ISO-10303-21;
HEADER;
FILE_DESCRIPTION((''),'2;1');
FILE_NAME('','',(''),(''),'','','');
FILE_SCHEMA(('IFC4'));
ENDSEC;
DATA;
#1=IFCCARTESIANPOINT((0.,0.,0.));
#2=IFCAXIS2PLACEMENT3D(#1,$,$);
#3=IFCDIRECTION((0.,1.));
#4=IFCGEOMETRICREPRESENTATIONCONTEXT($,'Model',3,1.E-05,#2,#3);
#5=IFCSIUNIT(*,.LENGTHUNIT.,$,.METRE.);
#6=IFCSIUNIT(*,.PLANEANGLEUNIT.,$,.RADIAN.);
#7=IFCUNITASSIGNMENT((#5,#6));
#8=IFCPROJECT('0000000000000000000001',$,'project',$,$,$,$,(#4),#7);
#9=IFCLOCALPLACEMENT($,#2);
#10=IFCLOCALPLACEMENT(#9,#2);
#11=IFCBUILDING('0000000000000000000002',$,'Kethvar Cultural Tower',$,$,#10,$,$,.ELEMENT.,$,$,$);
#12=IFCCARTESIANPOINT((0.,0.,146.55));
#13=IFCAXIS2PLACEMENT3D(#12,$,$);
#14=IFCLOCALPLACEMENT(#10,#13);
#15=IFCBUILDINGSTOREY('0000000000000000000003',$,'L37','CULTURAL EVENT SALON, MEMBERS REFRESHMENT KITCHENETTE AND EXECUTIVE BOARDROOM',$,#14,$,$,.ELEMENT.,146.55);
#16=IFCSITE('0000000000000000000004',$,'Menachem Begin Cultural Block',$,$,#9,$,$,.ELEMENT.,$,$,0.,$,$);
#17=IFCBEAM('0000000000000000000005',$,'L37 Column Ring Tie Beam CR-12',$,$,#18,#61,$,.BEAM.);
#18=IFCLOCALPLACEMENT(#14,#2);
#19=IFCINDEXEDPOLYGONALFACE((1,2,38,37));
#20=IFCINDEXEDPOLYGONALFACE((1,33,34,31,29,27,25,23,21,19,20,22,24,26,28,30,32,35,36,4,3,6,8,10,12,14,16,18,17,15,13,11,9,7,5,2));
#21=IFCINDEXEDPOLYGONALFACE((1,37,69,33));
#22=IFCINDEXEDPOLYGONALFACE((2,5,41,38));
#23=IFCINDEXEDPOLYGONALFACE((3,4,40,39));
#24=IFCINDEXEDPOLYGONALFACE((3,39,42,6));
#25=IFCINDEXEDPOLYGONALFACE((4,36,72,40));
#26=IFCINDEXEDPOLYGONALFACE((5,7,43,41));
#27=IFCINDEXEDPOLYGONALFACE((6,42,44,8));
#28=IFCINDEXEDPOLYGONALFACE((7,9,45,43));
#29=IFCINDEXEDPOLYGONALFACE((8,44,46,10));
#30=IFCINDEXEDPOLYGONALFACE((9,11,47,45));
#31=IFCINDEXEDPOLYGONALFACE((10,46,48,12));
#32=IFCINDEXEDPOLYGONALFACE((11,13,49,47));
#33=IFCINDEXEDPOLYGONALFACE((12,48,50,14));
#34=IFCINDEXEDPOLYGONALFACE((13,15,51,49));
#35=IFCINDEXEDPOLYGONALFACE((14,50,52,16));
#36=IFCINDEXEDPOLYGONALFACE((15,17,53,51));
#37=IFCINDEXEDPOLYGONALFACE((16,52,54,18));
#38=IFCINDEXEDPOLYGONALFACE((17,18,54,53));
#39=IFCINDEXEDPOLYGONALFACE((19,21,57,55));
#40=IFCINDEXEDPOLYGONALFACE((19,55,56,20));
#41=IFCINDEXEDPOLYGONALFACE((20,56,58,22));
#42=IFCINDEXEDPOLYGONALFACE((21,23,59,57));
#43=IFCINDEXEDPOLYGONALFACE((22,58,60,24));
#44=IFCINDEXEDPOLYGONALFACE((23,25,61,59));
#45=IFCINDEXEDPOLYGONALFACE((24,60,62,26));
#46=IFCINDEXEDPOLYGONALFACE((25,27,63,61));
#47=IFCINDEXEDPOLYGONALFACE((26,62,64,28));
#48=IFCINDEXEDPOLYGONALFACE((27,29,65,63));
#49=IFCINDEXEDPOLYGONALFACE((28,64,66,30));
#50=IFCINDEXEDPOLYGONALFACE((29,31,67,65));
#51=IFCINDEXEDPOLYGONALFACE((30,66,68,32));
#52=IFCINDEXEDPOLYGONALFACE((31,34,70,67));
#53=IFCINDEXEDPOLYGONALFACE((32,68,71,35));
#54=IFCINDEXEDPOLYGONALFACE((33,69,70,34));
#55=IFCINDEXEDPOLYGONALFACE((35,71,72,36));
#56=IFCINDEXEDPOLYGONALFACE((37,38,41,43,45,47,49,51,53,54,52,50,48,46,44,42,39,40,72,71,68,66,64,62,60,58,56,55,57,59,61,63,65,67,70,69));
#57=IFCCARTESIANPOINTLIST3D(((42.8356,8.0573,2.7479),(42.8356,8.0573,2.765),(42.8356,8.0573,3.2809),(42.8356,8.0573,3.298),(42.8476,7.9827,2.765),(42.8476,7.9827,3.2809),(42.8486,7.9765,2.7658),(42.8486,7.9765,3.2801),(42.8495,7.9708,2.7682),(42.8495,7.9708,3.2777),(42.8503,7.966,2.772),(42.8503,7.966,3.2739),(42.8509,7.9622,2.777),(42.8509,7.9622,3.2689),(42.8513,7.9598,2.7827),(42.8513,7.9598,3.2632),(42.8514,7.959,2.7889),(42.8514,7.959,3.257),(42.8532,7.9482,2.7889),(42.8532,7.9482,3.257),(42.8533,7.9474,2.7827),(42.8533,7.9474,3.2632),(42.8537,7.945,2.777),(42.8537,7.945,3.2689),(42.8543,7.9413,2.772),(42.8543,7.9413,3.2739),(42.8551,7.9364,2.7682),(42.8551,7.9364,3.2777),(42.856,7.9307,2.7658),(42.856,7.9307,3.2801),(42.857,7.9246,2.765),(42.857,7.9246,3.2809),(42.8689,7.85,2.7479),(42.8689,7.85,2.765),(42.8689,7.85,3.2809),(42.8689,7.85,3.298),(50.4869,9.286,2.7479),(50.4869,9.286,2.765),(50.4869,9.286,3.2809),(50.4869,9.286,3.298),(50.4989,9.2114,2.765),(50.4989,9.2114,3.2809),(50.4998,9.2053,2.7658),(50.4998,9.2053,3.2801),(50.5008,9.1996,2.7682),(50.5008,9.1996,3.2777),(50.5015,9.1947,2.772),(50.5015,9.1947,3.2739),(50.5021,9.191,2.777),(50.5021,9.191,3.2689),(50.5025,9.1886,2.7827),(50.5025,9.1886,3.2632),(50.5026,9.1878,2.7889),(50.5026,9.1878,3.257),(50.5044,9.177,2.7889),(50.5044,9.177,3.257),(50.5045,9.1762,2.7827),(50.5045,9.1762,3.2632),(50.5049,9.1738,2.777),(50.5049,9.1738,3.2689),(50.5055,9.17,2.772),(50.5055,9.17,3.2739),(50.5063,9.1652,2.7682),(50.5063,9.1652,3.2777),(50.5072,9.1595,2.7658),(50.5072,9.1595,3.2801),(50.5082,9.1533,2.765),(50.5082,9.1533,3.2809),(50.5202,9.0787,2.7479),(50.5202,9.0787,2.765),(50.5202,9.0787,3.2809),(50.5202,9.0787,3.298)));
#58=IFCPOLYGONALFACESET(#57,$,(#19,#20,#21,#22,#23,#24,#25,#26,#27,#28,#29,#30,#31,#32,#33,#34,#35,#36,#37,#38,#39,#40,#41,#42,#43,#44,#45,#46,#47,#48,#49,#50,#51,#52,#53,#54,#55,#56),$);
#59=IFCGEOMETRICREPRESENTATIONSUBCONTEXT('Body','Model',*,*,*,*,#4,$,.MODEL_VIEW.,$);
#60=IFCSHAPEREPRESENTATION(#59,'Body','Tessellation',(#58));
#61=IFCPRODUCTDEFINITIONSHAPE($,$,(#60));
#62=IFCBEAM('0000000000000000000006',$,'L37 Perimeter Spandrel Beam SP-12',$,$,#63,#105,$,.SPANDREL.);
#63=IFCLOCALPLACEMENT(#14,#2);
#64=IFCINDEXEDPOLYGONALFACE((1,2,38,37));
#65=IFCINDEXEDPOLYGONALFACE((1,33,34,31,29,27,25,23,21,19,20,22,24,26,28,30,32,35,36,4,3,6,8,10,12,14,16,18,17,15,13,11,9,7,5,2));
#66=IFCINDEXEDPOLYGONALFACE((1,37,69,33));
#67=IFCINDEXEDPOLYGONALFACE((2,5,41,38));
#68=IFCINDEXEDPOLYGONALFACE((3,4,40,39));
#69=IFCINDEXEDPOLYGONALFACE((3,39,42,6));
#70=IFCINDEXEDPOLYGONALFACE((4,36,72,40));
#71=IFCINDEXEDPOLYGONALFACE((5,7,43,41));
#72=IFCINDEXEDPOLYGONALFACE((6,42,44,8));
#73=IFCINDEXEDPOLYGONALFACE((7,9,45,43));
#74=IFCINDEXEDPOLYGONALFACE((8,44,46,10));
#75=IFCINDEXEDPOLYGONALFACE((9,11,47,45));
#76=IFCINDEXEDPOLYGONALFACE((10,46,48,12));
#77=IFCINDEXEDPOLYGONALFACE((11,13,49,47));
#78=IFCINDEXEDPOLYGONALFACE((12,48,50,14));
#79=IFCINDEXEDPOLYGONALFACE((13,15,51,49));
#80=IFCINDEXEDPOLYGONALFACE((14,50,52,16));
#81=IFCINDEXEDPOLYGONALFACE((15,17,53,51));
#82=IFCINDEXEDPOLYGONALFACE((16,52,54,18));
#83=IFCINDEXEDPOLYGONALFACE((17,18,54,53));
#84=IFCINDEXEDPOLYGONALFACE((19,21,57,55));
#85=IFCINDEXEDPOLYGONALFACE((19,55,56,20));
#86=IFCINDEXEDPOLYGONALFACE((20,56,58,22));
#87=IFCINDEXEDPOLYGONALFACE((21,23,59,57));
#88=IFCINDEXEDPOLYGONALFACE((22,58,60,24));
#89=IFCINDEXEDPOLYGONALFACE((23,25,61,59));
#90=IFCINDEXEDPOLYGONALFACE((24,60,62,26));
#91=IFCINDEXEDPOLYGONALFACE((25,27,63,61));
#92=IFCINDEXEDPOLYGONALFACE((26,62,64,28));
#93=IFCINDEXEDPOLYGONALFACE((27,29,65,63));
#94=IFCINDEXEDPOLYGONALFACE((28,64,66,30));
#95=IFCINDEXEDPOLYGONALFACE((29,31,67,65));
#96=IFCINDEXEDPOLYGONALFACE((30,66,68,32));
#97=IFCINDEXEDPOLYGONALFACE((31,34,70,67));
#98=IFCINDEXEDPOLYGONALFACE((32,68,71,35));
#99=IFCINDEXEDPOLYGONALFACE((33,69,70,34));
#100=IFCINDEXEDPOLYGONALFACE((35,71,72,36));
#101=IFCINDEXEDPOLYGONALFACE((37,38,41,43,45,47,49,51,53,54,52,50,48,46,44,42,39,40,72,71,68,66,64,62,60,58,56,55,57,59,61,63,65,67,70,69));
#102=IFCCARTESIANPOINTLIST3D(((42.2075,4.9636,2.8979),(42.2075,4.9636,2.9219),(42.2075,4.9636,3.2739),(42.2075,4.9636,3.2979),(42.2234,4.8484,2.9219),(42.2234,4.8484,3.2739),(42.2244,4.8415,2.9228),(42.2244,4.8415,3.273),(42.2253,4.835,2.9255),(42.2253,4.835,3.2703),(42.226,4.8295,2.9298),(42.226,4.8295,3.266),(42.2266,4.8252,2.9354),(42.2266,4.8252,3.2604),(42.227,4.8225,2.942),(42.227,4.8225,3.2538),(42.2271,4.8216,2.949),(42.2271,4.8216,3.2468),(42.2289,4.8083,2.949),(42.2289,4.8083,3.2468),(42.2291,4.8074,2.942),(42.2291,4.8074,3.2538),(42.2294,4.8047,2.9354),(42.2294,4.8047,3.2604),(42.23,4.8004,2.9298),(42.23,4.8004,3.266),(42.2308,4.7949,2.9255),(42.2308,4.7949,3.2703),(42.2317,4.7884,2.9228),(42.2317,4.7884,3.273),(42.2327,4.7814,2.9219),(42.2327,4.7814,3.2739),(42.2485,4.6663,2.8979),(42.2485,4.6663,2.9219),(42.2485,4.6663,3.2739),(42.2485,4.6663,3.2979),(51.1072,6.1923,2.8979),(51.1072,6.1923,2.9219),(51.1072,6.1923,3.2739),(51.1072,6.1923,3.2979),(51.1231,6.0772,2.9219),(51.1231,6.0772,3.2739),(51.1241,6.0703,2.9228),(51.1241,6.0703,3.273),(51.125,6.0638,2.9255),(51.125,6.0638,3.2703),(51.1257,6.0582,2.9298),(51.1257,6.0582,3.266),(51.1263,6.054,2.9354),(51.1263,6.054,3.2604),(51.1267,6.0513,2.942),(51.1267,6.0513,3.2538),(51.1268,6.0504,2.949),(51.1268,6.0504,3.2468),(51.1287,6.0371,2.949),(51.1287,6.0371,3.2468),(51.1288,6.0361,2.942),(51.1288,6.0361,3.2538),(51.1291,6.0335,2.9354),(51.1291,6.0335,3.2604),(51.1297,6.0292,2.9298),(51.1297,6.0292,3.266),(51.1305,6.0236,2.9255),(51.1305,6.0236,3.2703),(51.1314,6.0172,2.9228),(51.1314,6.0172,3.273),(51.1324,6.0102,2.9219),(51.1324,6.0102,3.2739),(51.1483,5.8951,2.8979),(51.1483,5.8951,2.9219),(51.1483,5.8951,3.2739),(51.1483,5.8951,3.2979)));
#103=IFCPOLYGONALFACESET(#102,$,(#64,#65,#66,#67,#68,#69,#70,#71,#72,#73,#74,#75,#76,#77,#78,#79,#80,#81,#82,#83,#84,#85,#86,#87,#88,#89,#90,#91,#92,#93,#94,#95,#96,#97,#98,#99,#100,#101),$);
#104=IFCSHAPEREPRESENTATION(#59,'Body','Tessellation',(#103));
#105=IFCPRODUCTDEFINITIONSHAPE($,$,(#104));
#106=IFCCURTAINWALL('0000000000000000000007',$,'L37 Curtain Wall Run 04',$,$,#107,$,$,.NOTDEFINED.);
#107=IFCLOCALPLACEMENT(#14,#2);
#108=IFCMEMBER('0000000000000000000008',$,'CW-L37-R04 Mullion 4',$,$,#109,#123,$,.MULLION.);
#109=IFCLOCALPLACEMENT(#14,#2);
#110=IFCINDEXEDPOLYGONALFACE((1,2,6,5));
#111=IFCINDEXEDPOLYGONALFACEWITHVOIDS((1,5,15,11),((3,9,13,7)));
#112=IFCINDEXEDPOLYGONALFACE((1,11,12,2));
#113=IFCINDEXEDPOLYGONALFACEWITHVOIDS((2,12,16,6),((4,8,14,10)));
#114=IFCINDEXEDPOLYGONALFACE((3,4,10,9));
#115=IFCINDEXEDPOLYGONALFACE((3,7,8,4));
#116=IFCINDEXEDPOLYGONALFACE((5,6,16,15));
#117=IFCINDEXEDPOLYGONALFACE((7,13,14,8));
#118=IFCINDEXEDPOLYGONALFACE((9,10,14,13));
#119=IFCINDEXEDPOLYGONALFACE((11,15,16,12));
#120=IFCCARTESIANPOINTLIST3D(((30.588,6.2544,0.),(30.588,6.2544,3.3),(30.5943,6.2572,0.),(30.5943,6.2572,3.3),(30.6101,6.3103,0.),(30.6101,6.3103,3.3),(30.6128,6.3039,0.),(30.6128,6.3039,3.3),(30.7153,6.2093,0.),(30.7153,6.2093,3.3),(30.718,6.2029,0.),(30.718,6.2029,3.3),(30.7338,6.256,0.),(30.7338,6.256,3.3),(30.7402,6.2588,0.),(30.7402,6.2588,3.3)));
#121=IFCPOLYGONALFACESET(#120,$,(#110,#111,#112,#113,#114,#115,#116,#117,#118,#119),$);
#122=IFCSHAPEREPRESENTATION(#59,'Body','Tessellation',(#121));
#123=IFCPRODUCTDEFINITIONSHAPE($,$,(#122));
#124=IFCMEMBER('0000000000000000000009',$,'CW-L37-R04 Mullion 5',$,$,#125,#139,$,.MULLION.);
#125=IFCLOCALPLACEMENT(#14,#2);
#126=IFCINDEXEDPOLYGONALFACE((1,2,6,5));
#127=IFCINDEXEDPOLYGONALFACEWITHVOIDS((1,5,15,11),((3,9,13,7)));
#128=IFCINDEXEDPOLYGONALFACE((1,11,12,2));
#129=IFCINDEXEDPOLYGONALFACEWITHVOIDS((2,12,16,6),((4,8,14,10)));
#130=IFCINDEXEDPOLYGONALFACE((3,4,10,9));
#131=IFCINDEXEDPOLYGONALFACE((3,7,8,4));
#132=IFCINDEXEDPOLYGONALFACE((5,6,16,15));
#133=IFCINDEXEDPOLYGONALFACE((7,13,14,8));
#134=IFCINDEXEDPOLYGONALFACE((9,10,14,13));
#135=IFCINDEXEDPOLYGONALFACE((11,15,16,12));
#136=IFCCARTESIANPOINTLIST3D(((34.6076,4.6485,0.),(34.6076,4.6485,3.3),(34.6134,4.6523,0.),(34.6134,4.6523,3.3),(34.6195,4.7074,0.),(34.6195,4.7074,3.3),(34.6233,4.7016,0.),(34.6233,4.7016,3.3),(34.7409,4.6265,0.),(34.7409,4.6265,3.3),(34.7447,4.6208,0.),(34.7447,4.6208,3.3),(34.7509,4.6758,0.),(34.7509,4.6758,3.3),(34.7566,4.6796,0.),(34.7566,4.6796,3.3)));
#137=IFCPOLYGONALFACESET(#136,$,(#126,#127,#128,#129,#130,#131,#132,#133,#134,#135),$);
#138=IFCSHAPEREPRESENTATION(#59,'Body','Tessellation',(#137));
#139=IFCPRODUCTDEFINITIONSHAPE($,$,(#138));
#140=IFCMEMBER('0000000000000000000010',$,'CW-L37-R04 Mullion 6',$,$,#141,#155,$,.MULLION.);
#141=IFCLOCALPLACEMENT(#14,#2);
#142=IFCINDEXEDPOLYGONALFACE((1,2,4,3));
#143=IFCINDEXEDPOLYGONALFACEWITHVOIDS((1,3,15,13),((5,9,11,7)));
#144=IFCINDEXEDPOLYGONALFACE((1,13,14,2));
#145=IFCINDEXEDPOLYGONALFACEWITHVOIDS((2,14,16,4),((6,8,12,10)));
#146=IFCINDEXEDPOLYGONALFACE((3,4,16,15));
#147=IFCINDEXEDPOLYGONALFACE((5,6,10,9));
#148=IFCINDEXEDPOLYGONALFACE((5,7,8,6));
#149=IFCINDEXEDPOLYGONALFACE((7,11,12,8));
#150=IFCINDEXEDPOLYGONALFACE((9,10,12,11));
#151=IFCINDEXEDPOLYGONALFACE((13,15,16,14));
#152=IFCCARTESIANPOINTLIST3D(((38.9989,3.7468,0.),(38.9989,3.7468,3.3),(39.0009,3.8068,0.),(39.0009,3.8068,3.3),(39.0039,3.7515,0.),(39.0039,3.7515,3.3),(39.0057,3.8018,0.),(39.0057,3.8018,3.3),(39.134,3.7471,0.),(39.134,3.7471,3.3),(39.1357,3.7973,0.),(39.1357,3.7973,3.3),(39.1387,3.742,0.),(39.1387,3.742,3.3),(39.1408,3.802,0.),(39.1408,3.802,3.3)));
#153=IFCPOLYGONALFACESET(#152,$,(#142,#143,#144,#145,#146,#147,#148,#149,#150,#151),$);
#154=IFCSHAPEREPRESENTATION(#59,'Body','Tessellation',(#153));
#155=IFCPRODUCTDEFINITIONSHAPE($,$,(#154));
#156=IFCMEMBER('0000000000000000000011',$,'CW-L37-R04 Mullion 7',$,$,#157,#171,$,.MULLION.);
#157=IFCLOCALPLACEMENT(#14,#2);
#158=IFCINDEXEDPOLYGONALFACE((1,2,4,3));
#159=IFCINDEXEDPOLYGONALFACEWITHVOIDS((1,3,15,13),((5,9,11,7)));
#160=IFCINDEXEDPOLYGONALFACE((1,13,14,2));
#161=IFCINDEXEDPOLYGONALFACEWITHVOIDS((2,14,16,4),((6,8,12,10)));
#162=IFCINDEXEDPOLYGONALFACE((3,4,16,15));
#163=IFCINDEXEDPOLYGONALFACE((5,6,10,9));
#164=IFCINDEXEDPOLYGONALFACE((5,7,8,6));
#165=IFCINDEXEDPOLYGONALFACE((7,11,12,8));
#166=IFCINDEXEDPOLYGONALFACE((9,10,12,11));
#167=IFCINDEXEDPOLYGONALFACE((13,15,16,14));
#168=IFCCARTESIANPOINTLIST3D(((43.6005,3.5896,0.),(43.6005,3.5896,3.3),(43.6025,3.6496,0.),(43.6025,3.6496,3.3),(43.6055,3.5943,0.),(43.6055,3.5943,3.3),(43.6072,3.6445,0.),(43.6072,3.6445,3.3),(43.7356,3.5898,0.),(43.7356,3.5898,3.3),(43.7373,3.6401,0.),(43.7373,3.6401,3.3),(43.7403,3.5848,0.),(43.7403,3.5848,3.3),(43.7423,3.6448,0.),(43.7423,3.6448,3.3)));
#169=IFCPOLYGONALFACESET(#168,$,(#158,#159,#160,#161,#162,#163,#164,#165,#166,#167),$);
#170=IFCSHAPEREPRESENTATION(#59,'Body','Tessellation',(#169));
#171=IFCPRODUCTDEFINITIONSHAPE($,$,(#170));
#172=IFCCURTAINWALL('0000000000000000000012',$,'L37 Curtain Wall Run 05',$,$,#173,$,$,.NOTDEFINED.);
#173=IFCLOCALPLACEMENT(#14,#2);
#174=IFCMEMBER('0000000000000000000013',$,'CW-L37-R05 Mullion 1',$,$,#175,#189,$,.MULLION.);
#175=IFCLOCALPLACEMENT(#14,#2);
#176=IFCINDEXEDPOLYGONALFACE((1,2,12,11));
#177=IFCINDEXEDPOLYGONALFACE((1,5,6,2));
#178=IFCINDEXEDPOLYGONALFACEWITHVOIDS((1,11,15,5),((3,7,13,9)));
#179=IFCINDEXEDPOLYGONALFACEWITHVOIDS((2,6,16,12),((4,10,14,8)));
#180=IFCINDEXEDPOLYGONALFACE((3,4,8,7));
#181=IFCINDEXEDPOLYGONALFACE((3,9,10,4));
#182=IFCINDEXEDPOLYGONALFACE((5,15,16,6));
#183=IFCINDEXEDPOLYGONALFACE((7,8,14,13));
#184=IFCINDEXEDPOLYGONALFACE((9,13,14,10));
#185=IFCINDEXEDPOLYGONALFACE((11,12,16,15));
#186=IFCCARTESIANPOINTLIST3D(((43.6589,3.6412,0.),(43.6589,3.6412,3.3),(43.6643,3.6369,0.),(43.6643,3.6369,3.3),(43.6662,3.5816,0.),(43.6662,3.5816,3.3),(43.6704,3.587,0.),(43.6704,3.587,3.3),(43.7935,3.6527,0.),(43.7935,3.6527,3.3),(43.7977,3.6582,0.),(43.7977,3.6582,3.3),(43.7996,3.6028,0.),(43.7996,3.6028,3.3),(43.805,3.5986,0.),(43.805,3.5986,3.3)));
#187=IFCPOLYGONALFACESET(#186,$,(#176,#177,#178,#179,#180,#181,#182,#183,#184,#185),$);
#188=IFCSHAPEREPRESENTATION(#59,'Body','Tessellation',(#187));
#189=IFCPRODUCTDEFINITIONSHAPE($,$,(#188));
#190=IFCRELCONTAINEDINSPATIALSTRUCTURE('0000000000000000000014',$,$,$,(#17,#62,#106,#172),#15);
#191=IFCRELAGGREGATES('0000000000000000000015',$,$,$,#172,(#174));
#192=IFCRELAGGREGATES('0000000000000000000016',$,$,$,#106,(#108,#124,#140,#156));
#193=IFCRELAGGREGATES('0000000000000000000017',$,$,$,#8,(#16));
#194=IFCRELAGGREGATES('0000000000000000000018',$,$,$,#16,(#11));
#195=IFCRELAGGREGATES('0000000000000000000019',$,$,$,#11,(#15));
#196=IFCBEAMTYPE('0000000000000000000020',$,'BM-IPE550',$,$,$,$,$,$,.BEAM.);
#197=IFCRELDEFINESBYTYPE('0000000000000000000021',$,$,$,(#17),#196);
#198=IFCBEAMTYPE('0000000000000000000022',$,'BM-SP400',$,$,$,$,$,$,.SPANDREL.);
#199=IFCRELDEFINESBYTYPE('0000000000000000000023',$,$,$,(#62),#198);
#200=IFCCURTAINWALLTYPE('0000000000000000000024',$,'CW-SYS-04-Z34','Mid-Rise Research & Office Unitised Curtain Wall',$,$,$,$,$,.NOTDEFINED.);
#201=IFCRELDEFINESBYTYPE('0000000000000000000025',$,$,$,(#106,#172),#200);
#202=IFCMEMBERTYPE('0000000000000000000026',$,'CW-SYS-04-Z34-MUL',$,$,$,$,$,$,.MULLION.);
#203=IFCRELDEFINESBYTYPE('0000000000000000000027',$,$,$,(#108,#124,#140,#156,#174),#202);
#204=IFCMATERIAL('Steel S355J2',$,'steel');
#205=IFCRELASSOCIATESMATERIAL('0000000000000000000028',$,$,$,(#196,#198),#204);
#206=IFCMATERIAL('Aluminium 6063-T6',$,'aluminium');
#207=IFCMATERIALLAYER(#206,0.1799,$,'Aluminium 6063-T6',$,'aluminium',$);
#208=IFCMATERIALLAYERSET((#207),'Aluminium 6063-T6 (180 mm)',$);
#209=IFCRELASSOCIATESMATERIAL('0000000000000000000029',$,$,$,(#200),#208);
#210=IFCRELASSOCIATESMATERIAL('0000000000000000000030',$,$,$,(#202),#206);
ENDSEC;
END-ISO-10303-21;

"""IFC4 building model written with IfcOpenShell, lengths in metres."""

from ifc_helpers import new_model, si_unit, direction, frame, origin, origin_2d, place, context, subcontext, project, spatial, hollow_rectangle, i_section, extrude, source, transform, mapped, material, layer, layer_set, material_profile, profile_set, type_object, element, aggregate, save


model = new_model("IFC4")

# Units and contexts
model_context = context("Model", 3, precision=1e-05, world=origin(), true_north=direction((0.0, 1.0)))
body_context = subcontext(model_context, "Body", "Model", "MODEL_VIEW")
ifc_project = project(units=[si_unit("LENGTHUNIT", "METRE"), si_unit("PLANEANGLEUNIT", "RADIAN")], contexts=[model_context])

# Site, building, storey
site_placement = place(None, origin())
site = spatial("IfcSite", under=ifc_project, at=site_placement, Name="Menachem Begin Cultural Block", CompositionType="ELEMENT", RefElevation=0.0)
building_placement = place(site_placement, origin())
building = spatial("IfcBuilding", under=site, at=building_placement, Name="Kethvar Cultural Tower", CompositionType="ELEMENT")
storey_placement = place(building_placement, frame((0.0, 0.0, 146.55)))
storey = spatial("IfcBuildingStorey", under=building, at=storey_placement, Name="L37", Description="CULTURAL EVENT SALON, MEMBERS REFRESHMENT KITCHENETTE AND EXECUTIVE BOARDROOM", CompositionType="ELEMENT", Elevation=146.55)

# Beams
ifc_material_1 = material(Name="Steel S355J2", Category="steel")
ifc_material_profile_1 = material_profile(ifc_material_1, i_section(OverallWidth=0.21, OverallDepth=0.55, WebThickness=0.011, FlangeThickness=0.0171, FilletRadius=0.0239, at=origin_2d()), Name="Steel S355J2 — IPE550")
ifc_profile_set_1 = profile_set([ifc_material_profile_1], Name="Steel S355J2 — IPE550")
beam_type_1 = type_object("IfcBeamType", Name="BM-IPE550", PredefinedType="BEAM", material=ifc_profile_set_1)
ifc_material_profile_2 = material_profile(ifc_material_1, i_section(OverallWidth=0.3, OverallDepth=0.3999, WebThickness=0.0134, FlangeThickness=0.0239, FilletRadius=0.0271, at=origin_2d()), Name="Steel S355J2 — HEB400")
ifc_profile_set_2 = profile_set([ifc_material_profile_2], Name="Steel S355J2 — HEB400")
beam_type_2 = type_object("IfcBeamType", Name="BM-SP400", PredefinedType="SPANDREL", material=ifc_profile_set_2)
shared_shape_1 = source(origin(), body_context, "Body", "SweptSolid", [
    extrude(i_section(OverallWidth=0.21, OverallDepth=0.55, WebThickness=0.011, FlangeThickness=0.0171, FilletRadius=0.0239, at=origin_2d()), origin(), (0.0, 0.0, 1.0), 7.7493),
])
beam_1_placement = place(storey_placement, frame((42.8523, 7.9536, 3.0229), z_axis=(0.987348, 0.158567, 0.0), x_axis=(-0.158567, 0.987348, 0.0)))
element("IfcBeam", 1, at=beam_1_placement, inside=storey, type_object=beam_type_1, Name="L37 Column Ring Tie Beam CR-12", PredefinedType="BEAM", context=body_context, shape_type="MappedRepresentation", body=[
    mapped(shared_shape_1, transform((0.0, 0.0, 0.0), scale=1.0)),
])
shared_shape_2 = source(origin(), body_context, "Body", "SweptSolid", [
    extrude(i_section(OverallWidth=0.3, OverallDepth=0.3999, WebThickness=0.0134, FlangeThickness=0.0239, FilletRadius=0.0271, at=origin_2d()), origin(), (0.0, 0.0, 1.0), 8.9841),
])
beam_2_placement = place(storey_placement, frame((42.228, 4.8149, 3.0979), z_axis=(0.990603, 0.136771, 0.0), x_axis=(-0.136771, 0.990603, 0.0)))
element("IfcBeam", 2, at=beam_2_placement, inside=storey, type_object=beam_type_2, Name="L37 Perimeter Spandrel Beam SP-12", PredefinedType="SPANDREL", context=body_context, shape_type="MappedRepresentation", body=[
    mapped(shared_shape_2, transform((0.0, 0.0, 0.0), scale=1.0)),
])

# Curtain wall, members
ifc_material_2 = material(Name="Aluminium 6063-T6", Category="aluminium")
ifc_layer_1 = layer(ifc_material_2, 0.1799, Name="Aluminium 6063-T6", Category="aluminium")
ifc_layer_set_1 = layer_set([ifc_layer_1], Name="Aluminium 6063-T6 (180 mm)")
curtain_wall_type = type_object("IfcCurtainWallType", Name="CW-SYS-04-Z34", Description="Mid-Rise Research & Office Unitised Curtain Wall", PredefinedType="NOTDEFINED", material=ifc_layer_set_1)
curtain_wall_1_placement = place(storey_placement, origin())
curtain_wall_1 = element("IfcCurtainWall", 3, at=curtain_wall_1_placement, inside=storey, type_object=curtain_wall_type, Name="L37 Curtain Wall Run 04", PredefinedType="NOTDEFINED")
ifc_material_profile_3 = material_profile(ifc_material_2, hollow_rectangle(XDim=0.0601, YDim=0.1399, WallThickness=0.0049, at=origin_2d()), Name="Aluminium 6063-T6 — RHS140x60x5")
ifc_profile_set_3 = profile_set([ifc_material_profile_3], Name="Aluminium 6063-T6 — RHS140x60x5")
member_type_1 = type_object("IfcMemberType", Name="CW-SYS-04-Z34-MUL", PredefinedType="MULLION", material=ifc_profile_set_3)
shared_shape_3 = source(origin(), body_context, "Body", "SweptSolid", [
    extrude(hollow_rectangle(XDim=0.0601, YDim=0.1399, WallThickness=0.0049, at=origin_2d()), origin(), (0.0, 0.0, 1.0), 3.3),
])
member_1_placement = place(storey_placement, frame((30.6641, 6.2566, 0.0), z_axis=(0.0, 0.0, 1.0), x_axis=(0.368108, 0.929783, 0.0)))
member_1 = element("IfcMember", 4, at=member_1_placement, type_object=member_type_1, Name="CW-L37-R04 Mullion 4", PredefinedType="MULLION", context=body_context, shape_type="MappedRepresentation", body=[
    mapped(shared_shape_3, transform((0.0, 0.0, 0.0), scale=1.0)),
])
member_2_placement = place(storey_placement, frame((34.6821, 4.6641, 0.0), z_axis=(0.0, 0.0, 1.0), x_axis=(0.198393, 0.980123, 0.0)))
member_2 = element("IfcMember", 5, at=member_2_placement, type_object=member_type_1, Name="CW-L37-R04 Mullion 5", PredefinedType="MULLION", context=body_context, shape_type="MappedRepresentation", body=[
    mapped(shared_shape_3, transform((0.0, 0.0, 0.0), scale=1.0)),
])
member_3_placement = place(storey_placement, frame((39.0698, 3.7744, 0.0), z_axis=(0.0, 0.0, 1.0), x_axis=(0.034132, 0.999417, 0.0)))
member_3 = element("IfcMember", 6, at=member_3_placement, type_object=member_type_1, Name="CW-L37-R04 Mullion 6", PredefinedType="MULLION", context=body_context, shape_type="MappedRepresentation", body=[
    mapped(shared_shape_3, transform((0.0, 0.0, 0.0), scale=1.0)),
])
member_4_placement = place(storey_placement, frame((43.6714, 3.6172, 0.0), z_axis=(0.0, 0.0, 1.0), x_axis=(0.034132, 0.999417, 0.0)))
member_4 = element("IfcMember", 7, at=member_4_placement, type_object=member_type_1, Name="CW-L37-R04 Mullion 7", PredefinedType="MULLION", context=body_context, shape_type="MappedRepresentation", body=[
    mapped(shared_shape_3, transform((0.0, 0.0, 0.0), scale=1.0)),
])

# Curtain wall, member
curtain_wall_2_placement = place(storey_placement, origin())
curtain_wall_2 = element("IfcCurtainWall", 8, at=curtain_wall_2_placement, inside=storey, type_object=curtain_wall_type, Name="L37 Curtain Wall Run 05", PredefinedType="NOTDEFINED")
member_5_placement = place(storey_placement, frame((43.7319, 3.6199, 0.0), z_axis=(0.0, 0.0, 1.0), x_axis=(-0.121506, 0.992591, 0.0)))
member_5 = element("IfcMember", 9, at=member_5_placement, type_object=member_type_1, Name="CW-L37-R05 Mullion 1", PredefinedType="MULLION", context=body_context, shape_type="MappedRepresentation", body=[
    mapped(shared_shape_3, transform((0.0, 0.0, 0.0), scale=1.0)),
])

aggregate(curtain_wall_2, [member_5])

aggregate(curtain_wall_1, [member_1, member_2, member_3, member_4])

save(model, "model.ifc")
